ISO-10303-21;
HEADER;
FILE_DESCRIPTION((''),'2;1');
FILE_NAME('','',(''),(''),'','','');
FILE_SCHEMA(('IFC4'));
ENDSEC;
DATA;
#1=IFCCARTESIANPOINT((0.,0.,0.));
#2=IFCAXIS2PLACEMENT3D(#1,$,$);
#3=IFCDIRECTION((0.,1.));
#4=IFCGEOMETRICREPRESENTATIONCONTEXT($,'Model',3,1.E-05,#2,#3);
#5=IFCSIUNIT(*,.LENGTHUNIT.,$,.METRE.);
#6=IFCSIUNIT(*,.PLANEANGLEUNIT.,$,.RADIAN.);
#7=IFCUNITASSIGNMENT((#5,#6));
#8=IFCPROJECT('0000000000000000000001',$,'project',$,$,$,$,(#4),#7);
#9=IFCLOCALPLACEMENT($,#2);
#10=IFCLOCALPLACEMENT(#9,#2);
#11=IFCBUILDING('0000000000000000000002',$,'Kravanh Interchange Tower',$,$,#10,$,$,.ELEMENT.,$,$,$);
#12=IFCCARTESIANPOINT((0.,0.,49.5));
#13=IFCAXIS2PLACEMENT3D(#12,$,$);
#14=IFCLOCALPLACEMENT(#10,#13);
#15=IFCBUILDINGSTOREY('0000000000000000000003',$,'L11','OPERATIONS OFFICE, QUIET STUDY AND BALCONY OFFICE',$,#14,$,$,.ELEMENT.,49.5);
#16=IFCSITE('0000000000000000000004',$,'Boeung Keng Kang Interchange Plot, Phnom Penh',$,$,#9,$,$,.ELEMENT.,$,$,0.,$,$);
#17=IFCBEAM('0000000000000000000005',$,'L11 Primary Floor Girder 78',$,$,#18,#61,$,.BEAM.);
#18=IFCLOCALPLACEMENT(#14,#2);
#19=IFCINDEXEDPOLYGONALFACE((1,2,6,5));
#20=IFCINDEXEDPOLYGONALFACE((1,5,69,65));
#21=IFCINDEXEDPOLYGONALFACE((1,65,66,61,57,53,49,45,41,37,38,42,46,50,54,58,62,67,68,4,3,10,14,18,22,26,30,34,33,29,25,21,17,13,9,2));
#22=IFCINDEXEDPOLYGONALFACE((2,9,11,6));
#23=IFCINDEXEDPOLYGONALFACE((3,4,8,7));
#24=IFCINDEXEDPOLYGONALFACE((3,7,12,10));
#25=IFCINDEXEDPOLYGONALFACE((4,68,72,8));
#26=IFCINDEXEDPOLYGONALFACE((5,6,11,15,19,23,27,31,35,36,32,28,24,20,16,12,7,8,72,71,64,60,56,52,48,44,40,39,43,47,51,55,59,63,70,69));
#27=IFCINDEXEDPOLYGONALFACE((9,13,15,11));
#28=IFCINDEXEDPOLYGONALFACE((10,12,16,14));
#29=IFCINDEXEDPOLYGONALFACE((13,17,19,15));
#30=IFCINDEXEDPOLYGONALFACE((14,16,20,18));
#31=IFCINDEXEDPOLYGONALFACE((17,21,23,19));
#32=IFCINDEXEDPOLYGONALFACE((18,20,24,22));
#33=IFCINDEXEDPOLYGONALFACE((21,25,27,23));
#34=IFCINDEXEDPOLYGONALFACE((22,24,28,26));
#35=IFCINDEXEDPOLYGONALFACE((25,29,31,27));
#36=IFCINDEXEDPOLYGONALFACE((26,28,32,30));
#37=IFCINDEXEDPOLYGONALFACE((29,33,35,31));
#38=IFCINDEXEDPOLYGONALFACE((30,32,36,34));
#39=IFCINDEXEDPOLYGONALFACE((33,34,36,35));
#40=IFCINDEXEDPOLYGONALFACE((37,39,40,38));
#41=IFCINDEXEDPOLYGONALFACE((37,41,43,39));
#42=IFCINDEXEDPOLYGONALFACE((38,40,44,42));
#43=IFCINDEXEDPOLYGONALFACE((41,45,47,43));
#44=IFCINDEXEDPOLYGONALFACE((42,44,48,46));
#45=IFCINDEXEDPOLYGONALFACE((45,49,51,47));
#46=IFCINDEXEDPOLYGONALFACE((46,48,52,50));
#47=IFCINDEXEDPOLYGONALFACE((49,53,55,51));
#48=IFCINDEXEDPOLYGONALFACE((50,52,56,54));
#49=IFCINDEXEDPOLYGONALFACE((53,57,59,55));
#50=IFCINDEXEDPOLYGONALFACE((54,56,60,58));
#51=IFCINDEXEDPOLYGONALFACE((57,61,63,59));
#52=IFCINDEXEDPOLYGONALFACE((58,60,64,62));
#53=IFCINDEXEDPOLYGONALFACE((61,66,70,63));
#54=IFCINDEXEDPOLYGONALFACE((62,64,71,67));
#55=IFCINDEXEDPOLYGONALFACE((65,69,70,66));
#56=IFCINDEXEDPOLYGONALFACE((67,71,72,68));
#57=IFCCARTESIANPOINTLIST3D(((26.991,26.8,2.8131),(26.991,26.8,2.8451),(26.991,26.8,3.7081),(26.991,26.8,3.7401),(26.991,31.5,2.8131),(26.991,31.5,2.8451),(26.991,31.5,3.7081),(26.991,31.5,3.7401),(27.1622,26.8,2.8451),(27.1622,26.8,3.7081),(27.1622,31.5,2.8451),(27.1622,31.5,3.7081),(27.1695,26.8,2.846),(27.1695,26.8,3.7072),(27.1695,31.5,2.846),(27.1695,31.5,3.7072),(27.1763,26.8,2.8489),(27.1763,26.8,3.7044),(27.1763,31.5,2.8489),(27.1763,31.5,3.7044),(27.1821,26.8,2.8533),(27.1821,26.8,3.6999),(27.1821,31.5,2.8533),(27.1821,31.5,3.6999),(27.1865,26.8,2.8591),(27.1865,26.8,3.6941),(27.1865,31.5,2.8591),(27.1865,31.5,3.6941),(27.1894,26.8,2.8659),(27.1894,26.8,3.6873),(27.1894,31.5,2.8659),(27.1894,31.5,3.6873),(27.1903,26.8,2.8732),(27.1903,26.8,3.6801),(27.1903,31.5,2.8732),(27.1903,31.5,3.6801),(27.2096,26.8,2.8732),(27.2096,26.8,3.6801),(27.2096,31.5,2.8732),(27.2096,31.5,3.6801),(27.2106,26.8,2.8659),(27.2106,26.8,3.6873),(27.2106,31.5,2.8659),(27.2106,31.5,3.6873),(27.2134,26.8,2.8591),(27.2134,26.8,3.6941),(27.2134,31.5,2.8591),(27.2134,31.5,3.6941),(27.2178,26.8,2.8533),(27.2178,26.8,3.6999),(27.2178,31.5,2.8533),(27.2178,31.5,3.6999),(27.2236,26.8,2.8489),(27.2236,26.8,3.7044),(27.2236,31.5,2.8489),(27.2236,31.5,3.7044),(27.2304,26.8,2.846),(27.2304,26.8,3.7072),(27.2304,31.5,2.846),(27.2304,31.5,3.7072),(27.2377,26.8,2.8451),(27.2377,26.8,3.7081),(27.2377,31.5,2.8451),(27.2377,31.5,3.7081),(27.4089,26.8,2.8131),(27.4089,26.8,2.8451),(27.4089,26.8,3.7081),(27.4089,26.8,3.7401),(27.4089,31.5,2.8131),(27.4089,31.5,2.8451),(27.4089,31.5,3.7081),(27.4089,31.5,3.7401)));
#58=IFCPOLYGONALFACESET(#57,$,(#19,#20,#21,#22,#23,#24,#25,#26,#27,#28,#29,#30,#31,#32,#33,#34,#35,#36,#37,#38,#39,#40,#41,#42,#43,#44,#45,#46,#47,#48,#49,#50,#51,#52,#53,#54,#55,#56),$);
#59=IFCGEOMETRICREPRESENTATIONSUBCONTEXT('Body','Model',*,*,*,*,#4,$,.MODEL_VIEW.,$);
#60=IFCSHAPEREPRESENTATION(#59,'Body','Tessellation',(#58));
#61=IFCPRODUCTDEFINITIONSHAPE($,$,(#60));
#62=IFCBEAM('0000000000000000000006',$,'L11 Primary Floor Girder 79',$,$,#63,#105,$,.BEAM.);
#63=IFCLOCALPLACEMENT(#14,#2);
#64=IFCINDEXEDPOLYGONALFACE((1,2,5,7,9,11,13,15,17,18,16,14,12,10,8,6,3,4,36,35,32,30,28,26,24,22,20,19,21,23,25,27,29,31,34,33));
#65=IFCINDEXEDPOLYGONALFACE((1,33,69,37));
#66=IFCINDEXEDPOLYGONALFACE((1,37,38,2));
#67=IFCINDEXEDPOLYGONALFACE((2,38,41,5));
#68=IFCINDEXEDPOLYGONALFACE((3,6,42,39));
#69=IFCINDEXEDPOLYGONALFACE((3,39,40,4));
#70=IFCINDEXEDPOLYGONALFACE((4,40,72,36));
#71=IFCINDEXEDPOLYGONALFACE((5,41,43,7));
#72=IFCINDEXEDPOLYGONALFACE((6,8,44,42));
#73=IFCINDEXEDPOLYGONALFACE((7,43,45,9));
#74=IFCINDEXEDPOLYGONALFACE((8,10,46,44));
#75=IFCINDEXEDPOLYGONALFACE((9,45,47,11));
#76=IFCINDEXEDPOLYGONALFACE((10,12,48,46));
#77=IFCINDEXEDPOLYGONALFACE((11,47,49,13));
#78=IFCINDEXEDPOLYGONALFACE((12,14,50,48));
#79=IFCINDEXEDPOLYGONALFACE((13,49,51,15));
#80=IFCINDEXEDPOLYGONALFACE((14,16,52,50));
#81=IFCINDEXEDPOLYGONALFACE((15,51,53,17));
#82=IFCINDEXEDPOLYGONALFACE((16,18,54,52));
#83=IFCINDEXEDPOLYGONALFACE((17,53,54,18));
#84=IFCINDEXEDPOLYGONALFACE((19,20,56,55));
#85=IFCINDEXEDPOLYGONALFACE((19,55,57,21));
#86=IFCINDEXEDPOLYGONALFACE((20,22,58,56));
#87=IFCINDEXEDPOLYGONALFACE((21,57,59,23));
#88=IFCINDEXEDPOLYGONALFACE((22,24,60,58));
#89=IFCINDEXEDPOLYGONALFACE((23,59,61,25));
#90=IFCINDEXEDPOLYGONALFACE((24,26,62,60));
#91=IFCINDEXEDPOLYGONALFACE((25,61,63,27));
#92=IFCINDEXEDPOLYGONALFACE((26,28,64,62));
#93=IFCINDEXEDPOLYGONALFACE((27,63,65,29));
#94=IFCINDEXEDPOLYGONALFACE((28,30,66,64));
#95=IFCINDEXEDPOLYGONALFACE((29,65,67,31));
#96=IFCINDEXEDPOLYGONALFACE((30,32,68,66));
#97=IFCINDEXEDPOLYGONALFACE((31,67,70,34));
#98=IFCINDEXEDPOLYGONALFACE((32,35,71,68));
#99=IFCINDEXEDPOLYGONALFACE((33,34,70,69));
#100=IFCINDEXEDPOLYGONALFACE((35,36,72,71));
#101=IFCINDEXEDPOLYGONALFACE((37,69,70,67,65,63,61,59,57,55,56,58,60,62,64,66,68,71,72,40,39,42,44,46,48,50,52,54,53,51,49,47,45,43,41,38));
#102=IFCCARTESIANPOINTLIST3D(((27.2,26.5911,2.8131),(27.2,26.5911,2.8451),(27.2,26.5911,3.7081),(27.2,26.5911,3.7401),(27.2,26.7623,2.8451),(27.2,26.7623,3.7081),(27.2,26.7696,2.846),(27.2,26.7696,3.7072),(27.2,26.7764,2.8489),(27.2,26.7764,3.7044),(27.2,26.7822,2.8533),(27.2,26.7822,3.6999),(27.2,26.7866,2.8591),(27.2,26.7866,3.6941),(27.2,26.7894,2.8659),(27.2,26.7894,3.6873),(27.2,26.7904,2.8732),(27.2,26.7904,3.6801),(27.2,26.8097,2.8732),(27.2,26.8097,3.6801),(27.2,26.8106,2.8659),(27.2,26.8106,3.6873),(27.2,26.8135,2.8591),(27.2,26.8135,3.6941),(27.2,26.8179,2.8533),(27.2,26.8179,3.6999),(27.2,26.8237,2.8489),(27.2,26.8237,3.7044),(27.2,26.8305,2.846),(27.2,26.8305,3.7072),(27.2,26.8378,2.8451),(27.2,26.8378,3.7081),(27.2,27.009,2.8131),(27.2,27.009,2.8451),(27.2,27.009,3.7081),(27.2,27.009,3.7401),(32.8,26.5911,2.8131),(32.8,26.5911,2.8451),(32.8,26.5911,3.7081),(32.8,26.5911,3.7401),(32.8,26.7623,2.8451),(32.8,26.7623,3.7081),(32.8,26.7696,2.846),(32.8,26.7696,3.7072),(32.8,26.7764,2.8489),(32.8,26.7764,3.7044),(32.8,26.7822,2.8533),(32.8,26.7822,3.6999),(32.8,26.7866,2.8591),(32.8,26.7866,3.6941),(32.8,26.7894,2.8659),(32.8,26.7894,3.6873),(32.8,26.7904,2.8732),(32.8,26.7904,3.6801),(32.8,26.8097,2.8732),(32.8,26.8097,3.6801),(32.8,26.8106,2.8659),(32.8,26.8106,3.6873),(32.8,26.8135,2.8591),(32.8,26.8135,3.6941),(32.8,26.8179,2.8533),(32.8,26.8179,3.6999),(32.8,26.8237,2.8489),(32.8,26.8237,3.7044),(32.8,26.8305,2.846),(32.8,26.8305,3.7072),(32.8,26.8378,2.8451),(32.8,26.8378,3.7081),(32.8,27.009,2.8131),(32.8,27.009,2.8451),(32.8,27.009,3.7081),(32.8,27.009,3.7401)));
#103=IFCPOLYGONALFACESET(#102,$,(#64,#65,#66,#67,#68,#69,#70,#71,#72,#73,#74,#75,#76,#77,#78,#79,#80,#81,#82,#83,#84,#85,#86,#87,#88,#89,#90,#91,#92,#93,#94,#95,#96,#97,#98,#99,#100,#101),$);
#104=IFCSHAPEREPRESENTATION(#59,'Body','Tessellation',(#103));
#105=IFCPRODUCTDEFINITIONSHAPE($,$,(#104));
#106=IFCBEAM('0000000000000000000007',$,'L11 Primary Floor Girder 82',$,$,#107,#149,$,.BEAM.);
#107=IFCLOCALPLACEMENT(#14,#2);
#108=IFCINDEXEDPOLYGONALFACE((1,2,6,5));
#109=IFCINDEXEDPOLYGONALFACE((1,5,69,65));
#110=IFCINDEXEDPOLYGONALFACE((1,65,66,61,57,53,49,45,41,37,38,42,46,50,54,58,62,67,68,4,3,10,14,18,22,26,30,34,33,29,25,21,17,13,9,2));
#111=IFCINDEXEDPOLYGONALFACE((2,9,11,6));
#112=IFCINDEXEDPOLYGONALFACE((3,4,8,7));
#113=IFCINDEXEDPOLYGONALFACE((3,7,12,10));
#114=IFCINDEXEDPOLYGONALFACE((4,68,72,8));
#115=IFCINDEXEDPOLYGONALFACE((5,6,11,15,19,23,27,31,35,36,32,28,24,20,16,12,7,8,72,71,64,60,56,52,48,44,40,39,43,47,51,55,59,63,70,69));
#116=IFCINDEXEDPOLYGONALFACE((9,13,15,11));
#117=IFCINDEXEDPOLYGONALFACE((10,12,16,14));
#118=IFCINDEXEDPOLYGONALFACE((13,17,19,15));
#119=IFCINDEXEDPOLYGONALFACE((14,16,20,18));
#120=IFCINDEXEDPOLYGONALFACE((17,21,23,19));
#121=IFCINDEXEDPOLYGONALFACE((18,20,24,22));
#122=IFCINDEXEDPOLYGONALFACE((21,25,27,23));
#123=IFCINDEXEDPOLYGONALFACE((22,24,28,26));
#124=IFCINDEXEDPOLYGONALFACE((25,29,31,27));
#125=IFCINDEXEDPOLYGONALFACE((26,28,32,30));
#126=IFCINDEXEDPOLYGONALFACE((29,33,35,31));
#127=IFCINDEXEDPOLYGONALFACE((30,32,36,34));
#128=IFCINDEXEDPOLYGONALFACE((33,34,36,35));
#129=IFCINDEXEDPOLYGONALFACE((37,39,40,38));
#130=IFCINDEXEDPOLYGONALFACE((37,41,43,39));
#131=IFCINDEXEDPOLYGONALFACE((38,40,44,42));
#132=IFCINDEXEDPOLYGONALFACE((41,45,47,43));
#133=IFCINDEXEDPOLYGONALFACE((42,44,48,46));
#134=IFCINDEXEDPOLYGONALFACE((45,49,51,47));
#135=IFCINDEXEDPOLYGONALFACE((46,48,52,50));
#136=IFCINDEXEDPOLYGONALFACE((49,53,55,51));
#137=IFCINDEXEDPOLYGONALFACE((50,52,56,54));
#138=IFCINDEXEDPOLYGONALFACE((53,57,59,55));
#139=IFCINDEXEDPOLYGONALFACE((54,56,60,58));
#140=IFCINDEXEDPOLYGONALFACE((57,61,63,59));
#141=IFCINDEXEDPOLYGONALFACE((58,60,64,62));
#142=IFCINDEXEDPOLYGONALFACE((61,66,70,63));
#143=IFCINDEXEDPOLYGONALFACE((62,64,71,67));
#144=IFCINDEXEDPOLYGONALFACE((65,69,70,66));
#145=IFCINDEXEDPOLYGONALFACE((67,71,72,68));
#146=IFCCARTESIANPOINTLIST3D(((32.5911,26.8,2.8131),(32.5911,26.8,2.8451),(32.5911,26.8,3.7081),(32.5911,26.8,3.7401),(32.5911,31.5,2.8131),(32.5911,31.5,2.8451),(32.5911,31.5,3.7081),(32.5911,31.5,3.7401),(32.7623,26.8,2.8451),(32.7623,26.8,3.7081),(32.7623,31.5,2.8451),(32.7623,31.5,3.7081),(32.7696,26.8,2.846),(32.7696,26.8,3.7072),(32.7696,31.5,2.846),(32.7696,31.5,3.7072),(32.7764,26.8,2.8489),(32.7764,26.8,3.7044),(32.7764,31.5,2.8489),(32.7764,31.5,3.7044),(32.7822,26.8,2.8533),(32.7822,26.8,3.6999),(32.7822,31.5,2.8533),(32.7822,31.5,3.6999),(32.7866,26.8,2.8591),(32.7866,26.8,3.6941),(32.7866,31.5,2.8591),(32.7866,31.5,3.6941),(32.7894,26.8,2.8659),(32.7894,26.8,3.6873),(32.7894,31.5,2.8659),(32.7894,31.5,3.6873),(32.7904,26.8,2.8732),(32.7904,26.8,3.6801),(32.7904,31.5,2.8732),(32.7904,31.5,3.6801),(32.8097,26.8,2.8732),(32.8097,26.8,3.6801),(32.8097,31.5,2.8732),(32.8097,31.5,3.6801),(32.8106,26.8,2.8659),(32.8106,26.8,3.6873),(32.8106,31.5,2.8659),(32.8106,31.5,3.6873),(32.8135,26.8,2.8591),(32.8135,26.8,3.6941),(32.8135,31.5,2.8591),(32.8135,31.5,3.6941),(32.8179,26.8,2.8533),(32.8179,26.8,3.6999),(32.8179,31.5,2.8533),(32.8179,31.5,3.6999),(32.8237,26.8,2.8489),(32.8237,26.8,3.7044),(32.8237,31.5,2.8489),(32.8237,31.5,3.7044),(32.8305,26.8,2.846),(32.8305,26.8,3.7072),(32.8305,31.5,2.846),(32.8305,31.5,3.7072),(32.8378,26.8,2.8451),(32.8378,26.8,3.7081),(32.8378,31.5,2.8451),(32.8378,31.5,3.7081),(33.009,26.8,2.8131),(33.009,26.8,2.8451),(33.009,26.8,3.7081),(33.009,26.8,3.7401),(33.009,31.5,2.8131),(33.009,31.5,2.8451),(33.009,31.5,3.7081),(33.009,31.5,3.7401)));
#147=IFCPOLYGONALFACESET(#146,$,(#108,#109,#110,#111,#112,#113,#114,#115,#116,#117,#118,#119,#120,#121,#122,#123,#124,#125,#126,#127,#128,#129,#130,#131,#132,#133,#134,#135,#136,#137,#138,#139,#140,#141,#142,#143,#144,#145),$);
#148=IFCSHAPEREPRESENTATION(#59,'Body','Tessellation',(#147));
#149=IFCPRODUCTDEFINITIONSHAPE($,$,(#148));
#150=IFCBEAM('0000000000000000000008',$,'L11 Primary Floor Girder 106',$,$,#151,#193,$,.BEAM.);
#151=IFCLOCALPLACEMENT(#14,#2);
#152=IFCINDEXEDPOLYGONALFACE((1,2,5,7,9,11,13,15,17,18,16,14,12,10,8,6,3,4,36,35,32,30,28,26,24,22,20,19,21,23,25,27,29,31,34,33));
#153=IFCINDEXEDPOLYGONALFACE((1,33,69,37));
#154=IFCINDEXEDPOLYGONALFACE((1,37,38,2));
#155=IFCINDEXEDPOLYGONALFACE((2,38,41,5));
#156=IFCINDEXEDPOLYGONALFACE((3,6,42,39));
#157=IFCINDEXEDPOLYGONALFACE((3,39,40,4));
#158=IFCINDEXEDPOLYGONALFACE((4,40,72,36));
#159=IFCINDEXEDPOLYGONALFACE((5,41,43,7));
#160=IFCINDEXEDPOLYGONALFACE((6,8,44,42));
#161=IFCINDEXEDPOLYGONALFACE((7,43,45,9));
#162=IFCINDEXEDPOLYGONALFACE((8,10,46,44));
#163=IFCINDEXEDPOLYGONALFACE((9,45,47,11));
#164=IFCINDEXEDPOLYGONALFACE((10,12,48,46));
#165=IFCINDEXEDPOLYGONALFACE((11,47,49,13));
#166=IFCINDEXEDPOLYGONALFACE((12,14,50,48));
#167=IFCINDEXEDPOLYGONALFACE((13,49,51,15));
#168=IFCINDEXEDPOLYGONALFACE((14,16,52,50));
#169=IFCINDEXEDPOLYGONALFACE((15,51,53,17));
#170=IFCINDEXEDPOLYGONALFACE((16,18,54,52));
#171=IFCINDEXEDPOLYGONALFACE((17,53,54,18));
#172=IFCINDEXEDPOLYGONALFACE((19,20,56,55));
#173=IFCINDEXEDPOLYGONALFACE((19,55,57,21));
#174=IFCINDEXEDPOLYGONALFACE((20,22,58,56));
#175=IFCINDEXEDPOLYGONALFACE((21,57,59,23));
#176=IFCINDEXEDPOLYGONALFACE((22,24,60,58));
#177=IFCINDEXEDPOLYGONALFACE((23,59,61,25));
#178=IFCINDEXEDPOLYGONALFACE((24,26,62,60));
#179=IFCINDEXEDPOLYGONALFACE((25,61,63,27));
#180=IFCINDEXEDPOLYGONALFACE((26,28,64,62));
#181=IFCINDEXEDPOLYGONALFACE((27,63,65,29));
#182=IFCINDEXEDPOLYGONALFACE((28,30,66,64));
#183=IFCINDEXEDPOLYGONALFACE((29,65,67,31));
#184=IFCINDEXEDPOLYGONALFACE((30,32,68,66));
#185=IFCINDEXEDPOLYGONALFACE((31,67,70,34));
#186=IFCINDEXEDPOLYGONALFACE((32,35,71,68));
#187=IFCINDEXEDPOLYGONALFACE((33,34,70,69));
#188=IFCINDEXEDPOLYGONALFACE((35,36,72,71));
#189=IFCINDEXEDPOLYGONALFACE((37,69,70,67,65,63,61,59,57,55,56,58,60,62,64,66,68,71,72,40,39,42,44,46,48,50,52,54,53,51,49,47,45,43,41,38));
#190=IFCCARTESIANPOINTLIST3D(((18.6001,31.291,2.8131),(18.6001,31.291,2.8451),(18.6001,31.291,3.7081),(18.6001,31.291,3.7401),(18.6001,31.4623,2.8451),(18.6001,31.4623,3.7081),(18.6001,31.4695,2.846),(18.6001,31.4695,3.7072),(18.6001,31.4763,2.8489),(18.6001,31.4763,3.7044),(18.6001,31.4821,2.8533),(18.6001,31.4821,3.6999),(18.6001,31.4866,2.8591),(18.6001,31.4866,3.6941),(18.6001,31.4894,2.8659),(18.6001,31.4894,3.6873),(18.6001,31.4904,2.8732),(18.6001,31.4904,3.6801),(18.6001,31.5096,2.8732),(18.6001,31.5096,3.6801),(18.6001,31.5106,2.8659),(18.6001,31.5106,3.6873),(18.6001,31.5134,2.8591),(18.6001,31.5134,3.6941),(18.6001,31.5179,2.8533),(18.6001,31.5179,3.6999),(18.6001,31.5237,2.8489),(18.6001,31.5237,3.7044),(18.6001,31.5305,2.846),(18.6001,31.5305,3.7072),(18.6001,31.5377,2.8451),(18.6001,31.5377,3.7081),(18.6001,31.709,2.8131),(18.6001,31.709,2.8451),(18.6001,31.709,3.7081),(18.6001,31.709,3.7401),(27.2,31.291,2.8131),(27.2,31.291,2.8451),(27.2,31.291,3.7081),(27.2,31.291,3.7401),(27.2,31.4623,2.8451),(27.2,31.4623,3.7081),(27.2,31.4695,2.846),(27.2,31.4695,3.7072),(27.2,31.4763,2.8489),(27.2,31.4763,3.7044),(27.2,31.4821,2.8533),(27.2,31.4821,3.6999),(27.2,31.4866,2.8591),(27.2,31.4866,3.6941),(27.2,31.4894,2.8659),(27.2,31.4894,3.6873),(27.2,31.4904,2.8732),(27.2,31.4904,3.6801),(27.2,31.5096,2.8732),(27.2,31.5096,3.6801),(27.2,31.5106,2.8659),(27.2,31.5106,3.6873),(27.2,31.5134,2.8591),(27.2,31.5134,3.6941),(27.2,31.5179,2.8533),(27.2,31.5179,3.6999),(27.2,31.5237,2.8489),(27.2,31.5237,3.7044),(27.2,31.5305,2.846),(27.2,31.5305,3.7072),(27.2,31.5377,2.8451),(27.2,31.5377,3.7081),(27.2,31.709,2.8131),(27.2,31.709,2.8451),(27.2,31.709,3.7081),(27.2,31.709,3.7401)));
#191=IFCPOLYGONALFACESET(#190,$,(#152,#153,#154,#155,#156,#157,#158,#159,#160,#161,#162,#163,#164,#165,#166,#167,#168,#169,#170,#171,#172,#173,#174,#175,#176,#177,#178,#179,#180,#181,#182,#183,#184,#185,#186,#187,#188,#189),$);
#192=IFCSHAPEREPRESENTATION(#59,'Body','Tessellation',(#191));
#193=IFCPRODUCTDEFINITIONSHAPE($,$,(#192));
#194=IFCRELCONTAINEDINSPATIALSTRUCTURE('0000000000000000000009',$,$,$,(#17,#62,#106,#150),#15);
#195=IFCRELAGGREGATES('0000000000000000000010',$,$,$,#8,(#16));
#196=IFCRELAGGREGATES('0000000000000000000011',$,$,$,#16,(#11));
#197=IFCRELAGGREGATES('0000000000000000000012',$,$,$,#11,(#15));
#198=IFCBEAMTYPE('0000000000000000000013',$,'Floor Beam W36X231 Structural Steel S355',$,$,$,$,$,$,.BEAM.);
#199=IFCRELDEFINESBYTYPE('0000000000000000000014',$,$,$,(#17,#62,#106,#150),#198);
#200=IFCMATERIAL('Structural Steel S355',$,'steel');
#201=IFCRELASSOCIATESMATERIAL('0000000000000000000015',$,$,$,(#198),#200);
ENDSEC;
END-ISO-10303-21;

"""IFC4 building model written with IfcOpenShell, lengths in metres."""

from ifc_helpers import new_model, si_unit, direction, frame, origin, origin_2d, place, context, subcontext, project, spatial, i_section, extrude, material, material_profile, profile_set, type_object, element, save


model = new_model("IFC4")

# Units and contexts
model_context = context("Model", 3, precision=1e-05, world=origin(), true_north=direction((0.0, 1.0)))
body_context = subcontext(model_context, "Body", "Model", "MODEL_VIEW")
ifc_project = project(units=[si_unit("LENGTHUNIT", "METRE"), si_unit("PLANEANGLEUNIT", "RADIAN")], contexts=[model_context])

# Site, building, storey
site_placement = place(None, origin())
site = spatial("IfcSite", under=ifc_project, at=site_placement, Name="Boeung Keng Kang Interchange Plot, Phnom Penh", CompositionType="ELEMENT", RefElevation=0.0)
building_placement = place(site_placement, origin())
building = spatial("IfcBuilding", under=site, at=building_placement, Name="Kravanh Interchange Tower", CompositionType="ELEMENT")
storey_placement = place(building_placement, frame((0.0, 0.0, 49.5)))
storey = spatial("IfcBuildingStorey", under=building, at=storey_placement, Name="L11", Description="OPERATIONS OFFICE, QUIET STUDY AND BALCONY OFFICE", CompositionType="ELEMENT", Elevation=49.5)

# Beams
ifc_material_1 = material(Name="Structural Steel S355", Category="steel")
ifc_material_profile_1 = material_profile(ifc_material_1, i_section(OverallWidth=0.418, OverallDepth=0.927, WebThickness=0.0193, FlangeThickness=0.032, FilletRadius=0.0281, at=origin_2d()), Name="W36X231")
ifc_profile_set_1 = profile_set([ifc_material_profile_1], Name="Structural Steel S355")
beam_type_1 = type_object("IfcBeamType", Name="Floor Beam W36X231 Structural Steel S355", PredefinedType="BEAM", material=ifc_profile_set_1)
beam_1_placement = place(storey_placement, frame((27.2, 26.8, 3.2766), z_axis=(0.0, 1.0, 0.0), x_axis=(-1.0, 0.0, 0.0)))
element("IfcBeam", 1, at=beam_1_placement, inside=storey, type_object=beam_type_1, Name="L11 Primary Floor Girder 78", PredefinedType="BEAM", context=body_context, shape_type="SweptSolid", body=[
    extrude(i_section(OverallWidth=0.418, OverallDepth=0.927, WebThickness=0.0193, FlangeThickness=0.032, FilletRadius=0.0281, at=origin_2d()), origin(), (0.0, 0.0, 1.0), 4.7),
])
beam_2_placement = place(storey_placement, frame((27.2, 26.8, 3.2766), z_axis=(1.0, 0.0, 0.0), x_axis=(0.0, 1.0, 0.0)))
element("IfcBeam", 2, at=beam_2_placement, inside=storey, type_object=beam_type_1, Name="L11 Primary Floor Girder 79", PredefinedType="BEAM", context=body_context, shape_type="SweptSolid", body=[
    extrude(i_section(OverallWidth=0.418, OverallDepth=0.927, WebThickness=0.0193, FlangeThickness=0.032, FilletRadius=0.0281, at=origin_2d()), origin(), (0.0, 0.0, 1.0), 5.6001),
])
beam_3_placement = place(storey_placement, frame((32.8, 26.8, 3.2766), z_axis=(0.0, 1.0, 0.0), x_axis=(-1.0, 0.0, 0.0)))
element("IfcBeam", 3, at=beam_3_placement, inside=storey, type_object=beam_type_1, Name="L11 Primary Floor Girder 82", PredefinedType="BEAM", context=body_context, shape_type="SweptSolid", body=[
    extrude(i_section(OverallWidth=0.418, OverallDepth=0.927, WebThickness=0.0193, FlangeThickness=0.032, FilletRadius=0.0281, at=origin_2d()), origin(), (0.0, 0.0, 1.0), 4.7),
])
beam_4_placement = place(storey_placement, frame((18.6001, 31.5, 3.2766), z_axis=(1.0, 0.0, 0.0), x_axis=(0.0, 1.0, 0.0)))
element("IfcBeam", 4, at=beam_4_placement, inside=storey, type_object=beam_type_1, Name="L11 Primary Floor Girder 106", PredefinedType="BEAM", context=body_context, shape_type="SweptSolid", body=[
    extrude(i_section(OverallWidth=0.418, OverallDepth=0.927, WebThickness=0.0193, FlangeThickness=0.032, FilletRadius=0.0281, at=origin_2d()), origin(), (0.0, 0.0, 1.0), 8.5999),
])

save(model, "model.ifc")
